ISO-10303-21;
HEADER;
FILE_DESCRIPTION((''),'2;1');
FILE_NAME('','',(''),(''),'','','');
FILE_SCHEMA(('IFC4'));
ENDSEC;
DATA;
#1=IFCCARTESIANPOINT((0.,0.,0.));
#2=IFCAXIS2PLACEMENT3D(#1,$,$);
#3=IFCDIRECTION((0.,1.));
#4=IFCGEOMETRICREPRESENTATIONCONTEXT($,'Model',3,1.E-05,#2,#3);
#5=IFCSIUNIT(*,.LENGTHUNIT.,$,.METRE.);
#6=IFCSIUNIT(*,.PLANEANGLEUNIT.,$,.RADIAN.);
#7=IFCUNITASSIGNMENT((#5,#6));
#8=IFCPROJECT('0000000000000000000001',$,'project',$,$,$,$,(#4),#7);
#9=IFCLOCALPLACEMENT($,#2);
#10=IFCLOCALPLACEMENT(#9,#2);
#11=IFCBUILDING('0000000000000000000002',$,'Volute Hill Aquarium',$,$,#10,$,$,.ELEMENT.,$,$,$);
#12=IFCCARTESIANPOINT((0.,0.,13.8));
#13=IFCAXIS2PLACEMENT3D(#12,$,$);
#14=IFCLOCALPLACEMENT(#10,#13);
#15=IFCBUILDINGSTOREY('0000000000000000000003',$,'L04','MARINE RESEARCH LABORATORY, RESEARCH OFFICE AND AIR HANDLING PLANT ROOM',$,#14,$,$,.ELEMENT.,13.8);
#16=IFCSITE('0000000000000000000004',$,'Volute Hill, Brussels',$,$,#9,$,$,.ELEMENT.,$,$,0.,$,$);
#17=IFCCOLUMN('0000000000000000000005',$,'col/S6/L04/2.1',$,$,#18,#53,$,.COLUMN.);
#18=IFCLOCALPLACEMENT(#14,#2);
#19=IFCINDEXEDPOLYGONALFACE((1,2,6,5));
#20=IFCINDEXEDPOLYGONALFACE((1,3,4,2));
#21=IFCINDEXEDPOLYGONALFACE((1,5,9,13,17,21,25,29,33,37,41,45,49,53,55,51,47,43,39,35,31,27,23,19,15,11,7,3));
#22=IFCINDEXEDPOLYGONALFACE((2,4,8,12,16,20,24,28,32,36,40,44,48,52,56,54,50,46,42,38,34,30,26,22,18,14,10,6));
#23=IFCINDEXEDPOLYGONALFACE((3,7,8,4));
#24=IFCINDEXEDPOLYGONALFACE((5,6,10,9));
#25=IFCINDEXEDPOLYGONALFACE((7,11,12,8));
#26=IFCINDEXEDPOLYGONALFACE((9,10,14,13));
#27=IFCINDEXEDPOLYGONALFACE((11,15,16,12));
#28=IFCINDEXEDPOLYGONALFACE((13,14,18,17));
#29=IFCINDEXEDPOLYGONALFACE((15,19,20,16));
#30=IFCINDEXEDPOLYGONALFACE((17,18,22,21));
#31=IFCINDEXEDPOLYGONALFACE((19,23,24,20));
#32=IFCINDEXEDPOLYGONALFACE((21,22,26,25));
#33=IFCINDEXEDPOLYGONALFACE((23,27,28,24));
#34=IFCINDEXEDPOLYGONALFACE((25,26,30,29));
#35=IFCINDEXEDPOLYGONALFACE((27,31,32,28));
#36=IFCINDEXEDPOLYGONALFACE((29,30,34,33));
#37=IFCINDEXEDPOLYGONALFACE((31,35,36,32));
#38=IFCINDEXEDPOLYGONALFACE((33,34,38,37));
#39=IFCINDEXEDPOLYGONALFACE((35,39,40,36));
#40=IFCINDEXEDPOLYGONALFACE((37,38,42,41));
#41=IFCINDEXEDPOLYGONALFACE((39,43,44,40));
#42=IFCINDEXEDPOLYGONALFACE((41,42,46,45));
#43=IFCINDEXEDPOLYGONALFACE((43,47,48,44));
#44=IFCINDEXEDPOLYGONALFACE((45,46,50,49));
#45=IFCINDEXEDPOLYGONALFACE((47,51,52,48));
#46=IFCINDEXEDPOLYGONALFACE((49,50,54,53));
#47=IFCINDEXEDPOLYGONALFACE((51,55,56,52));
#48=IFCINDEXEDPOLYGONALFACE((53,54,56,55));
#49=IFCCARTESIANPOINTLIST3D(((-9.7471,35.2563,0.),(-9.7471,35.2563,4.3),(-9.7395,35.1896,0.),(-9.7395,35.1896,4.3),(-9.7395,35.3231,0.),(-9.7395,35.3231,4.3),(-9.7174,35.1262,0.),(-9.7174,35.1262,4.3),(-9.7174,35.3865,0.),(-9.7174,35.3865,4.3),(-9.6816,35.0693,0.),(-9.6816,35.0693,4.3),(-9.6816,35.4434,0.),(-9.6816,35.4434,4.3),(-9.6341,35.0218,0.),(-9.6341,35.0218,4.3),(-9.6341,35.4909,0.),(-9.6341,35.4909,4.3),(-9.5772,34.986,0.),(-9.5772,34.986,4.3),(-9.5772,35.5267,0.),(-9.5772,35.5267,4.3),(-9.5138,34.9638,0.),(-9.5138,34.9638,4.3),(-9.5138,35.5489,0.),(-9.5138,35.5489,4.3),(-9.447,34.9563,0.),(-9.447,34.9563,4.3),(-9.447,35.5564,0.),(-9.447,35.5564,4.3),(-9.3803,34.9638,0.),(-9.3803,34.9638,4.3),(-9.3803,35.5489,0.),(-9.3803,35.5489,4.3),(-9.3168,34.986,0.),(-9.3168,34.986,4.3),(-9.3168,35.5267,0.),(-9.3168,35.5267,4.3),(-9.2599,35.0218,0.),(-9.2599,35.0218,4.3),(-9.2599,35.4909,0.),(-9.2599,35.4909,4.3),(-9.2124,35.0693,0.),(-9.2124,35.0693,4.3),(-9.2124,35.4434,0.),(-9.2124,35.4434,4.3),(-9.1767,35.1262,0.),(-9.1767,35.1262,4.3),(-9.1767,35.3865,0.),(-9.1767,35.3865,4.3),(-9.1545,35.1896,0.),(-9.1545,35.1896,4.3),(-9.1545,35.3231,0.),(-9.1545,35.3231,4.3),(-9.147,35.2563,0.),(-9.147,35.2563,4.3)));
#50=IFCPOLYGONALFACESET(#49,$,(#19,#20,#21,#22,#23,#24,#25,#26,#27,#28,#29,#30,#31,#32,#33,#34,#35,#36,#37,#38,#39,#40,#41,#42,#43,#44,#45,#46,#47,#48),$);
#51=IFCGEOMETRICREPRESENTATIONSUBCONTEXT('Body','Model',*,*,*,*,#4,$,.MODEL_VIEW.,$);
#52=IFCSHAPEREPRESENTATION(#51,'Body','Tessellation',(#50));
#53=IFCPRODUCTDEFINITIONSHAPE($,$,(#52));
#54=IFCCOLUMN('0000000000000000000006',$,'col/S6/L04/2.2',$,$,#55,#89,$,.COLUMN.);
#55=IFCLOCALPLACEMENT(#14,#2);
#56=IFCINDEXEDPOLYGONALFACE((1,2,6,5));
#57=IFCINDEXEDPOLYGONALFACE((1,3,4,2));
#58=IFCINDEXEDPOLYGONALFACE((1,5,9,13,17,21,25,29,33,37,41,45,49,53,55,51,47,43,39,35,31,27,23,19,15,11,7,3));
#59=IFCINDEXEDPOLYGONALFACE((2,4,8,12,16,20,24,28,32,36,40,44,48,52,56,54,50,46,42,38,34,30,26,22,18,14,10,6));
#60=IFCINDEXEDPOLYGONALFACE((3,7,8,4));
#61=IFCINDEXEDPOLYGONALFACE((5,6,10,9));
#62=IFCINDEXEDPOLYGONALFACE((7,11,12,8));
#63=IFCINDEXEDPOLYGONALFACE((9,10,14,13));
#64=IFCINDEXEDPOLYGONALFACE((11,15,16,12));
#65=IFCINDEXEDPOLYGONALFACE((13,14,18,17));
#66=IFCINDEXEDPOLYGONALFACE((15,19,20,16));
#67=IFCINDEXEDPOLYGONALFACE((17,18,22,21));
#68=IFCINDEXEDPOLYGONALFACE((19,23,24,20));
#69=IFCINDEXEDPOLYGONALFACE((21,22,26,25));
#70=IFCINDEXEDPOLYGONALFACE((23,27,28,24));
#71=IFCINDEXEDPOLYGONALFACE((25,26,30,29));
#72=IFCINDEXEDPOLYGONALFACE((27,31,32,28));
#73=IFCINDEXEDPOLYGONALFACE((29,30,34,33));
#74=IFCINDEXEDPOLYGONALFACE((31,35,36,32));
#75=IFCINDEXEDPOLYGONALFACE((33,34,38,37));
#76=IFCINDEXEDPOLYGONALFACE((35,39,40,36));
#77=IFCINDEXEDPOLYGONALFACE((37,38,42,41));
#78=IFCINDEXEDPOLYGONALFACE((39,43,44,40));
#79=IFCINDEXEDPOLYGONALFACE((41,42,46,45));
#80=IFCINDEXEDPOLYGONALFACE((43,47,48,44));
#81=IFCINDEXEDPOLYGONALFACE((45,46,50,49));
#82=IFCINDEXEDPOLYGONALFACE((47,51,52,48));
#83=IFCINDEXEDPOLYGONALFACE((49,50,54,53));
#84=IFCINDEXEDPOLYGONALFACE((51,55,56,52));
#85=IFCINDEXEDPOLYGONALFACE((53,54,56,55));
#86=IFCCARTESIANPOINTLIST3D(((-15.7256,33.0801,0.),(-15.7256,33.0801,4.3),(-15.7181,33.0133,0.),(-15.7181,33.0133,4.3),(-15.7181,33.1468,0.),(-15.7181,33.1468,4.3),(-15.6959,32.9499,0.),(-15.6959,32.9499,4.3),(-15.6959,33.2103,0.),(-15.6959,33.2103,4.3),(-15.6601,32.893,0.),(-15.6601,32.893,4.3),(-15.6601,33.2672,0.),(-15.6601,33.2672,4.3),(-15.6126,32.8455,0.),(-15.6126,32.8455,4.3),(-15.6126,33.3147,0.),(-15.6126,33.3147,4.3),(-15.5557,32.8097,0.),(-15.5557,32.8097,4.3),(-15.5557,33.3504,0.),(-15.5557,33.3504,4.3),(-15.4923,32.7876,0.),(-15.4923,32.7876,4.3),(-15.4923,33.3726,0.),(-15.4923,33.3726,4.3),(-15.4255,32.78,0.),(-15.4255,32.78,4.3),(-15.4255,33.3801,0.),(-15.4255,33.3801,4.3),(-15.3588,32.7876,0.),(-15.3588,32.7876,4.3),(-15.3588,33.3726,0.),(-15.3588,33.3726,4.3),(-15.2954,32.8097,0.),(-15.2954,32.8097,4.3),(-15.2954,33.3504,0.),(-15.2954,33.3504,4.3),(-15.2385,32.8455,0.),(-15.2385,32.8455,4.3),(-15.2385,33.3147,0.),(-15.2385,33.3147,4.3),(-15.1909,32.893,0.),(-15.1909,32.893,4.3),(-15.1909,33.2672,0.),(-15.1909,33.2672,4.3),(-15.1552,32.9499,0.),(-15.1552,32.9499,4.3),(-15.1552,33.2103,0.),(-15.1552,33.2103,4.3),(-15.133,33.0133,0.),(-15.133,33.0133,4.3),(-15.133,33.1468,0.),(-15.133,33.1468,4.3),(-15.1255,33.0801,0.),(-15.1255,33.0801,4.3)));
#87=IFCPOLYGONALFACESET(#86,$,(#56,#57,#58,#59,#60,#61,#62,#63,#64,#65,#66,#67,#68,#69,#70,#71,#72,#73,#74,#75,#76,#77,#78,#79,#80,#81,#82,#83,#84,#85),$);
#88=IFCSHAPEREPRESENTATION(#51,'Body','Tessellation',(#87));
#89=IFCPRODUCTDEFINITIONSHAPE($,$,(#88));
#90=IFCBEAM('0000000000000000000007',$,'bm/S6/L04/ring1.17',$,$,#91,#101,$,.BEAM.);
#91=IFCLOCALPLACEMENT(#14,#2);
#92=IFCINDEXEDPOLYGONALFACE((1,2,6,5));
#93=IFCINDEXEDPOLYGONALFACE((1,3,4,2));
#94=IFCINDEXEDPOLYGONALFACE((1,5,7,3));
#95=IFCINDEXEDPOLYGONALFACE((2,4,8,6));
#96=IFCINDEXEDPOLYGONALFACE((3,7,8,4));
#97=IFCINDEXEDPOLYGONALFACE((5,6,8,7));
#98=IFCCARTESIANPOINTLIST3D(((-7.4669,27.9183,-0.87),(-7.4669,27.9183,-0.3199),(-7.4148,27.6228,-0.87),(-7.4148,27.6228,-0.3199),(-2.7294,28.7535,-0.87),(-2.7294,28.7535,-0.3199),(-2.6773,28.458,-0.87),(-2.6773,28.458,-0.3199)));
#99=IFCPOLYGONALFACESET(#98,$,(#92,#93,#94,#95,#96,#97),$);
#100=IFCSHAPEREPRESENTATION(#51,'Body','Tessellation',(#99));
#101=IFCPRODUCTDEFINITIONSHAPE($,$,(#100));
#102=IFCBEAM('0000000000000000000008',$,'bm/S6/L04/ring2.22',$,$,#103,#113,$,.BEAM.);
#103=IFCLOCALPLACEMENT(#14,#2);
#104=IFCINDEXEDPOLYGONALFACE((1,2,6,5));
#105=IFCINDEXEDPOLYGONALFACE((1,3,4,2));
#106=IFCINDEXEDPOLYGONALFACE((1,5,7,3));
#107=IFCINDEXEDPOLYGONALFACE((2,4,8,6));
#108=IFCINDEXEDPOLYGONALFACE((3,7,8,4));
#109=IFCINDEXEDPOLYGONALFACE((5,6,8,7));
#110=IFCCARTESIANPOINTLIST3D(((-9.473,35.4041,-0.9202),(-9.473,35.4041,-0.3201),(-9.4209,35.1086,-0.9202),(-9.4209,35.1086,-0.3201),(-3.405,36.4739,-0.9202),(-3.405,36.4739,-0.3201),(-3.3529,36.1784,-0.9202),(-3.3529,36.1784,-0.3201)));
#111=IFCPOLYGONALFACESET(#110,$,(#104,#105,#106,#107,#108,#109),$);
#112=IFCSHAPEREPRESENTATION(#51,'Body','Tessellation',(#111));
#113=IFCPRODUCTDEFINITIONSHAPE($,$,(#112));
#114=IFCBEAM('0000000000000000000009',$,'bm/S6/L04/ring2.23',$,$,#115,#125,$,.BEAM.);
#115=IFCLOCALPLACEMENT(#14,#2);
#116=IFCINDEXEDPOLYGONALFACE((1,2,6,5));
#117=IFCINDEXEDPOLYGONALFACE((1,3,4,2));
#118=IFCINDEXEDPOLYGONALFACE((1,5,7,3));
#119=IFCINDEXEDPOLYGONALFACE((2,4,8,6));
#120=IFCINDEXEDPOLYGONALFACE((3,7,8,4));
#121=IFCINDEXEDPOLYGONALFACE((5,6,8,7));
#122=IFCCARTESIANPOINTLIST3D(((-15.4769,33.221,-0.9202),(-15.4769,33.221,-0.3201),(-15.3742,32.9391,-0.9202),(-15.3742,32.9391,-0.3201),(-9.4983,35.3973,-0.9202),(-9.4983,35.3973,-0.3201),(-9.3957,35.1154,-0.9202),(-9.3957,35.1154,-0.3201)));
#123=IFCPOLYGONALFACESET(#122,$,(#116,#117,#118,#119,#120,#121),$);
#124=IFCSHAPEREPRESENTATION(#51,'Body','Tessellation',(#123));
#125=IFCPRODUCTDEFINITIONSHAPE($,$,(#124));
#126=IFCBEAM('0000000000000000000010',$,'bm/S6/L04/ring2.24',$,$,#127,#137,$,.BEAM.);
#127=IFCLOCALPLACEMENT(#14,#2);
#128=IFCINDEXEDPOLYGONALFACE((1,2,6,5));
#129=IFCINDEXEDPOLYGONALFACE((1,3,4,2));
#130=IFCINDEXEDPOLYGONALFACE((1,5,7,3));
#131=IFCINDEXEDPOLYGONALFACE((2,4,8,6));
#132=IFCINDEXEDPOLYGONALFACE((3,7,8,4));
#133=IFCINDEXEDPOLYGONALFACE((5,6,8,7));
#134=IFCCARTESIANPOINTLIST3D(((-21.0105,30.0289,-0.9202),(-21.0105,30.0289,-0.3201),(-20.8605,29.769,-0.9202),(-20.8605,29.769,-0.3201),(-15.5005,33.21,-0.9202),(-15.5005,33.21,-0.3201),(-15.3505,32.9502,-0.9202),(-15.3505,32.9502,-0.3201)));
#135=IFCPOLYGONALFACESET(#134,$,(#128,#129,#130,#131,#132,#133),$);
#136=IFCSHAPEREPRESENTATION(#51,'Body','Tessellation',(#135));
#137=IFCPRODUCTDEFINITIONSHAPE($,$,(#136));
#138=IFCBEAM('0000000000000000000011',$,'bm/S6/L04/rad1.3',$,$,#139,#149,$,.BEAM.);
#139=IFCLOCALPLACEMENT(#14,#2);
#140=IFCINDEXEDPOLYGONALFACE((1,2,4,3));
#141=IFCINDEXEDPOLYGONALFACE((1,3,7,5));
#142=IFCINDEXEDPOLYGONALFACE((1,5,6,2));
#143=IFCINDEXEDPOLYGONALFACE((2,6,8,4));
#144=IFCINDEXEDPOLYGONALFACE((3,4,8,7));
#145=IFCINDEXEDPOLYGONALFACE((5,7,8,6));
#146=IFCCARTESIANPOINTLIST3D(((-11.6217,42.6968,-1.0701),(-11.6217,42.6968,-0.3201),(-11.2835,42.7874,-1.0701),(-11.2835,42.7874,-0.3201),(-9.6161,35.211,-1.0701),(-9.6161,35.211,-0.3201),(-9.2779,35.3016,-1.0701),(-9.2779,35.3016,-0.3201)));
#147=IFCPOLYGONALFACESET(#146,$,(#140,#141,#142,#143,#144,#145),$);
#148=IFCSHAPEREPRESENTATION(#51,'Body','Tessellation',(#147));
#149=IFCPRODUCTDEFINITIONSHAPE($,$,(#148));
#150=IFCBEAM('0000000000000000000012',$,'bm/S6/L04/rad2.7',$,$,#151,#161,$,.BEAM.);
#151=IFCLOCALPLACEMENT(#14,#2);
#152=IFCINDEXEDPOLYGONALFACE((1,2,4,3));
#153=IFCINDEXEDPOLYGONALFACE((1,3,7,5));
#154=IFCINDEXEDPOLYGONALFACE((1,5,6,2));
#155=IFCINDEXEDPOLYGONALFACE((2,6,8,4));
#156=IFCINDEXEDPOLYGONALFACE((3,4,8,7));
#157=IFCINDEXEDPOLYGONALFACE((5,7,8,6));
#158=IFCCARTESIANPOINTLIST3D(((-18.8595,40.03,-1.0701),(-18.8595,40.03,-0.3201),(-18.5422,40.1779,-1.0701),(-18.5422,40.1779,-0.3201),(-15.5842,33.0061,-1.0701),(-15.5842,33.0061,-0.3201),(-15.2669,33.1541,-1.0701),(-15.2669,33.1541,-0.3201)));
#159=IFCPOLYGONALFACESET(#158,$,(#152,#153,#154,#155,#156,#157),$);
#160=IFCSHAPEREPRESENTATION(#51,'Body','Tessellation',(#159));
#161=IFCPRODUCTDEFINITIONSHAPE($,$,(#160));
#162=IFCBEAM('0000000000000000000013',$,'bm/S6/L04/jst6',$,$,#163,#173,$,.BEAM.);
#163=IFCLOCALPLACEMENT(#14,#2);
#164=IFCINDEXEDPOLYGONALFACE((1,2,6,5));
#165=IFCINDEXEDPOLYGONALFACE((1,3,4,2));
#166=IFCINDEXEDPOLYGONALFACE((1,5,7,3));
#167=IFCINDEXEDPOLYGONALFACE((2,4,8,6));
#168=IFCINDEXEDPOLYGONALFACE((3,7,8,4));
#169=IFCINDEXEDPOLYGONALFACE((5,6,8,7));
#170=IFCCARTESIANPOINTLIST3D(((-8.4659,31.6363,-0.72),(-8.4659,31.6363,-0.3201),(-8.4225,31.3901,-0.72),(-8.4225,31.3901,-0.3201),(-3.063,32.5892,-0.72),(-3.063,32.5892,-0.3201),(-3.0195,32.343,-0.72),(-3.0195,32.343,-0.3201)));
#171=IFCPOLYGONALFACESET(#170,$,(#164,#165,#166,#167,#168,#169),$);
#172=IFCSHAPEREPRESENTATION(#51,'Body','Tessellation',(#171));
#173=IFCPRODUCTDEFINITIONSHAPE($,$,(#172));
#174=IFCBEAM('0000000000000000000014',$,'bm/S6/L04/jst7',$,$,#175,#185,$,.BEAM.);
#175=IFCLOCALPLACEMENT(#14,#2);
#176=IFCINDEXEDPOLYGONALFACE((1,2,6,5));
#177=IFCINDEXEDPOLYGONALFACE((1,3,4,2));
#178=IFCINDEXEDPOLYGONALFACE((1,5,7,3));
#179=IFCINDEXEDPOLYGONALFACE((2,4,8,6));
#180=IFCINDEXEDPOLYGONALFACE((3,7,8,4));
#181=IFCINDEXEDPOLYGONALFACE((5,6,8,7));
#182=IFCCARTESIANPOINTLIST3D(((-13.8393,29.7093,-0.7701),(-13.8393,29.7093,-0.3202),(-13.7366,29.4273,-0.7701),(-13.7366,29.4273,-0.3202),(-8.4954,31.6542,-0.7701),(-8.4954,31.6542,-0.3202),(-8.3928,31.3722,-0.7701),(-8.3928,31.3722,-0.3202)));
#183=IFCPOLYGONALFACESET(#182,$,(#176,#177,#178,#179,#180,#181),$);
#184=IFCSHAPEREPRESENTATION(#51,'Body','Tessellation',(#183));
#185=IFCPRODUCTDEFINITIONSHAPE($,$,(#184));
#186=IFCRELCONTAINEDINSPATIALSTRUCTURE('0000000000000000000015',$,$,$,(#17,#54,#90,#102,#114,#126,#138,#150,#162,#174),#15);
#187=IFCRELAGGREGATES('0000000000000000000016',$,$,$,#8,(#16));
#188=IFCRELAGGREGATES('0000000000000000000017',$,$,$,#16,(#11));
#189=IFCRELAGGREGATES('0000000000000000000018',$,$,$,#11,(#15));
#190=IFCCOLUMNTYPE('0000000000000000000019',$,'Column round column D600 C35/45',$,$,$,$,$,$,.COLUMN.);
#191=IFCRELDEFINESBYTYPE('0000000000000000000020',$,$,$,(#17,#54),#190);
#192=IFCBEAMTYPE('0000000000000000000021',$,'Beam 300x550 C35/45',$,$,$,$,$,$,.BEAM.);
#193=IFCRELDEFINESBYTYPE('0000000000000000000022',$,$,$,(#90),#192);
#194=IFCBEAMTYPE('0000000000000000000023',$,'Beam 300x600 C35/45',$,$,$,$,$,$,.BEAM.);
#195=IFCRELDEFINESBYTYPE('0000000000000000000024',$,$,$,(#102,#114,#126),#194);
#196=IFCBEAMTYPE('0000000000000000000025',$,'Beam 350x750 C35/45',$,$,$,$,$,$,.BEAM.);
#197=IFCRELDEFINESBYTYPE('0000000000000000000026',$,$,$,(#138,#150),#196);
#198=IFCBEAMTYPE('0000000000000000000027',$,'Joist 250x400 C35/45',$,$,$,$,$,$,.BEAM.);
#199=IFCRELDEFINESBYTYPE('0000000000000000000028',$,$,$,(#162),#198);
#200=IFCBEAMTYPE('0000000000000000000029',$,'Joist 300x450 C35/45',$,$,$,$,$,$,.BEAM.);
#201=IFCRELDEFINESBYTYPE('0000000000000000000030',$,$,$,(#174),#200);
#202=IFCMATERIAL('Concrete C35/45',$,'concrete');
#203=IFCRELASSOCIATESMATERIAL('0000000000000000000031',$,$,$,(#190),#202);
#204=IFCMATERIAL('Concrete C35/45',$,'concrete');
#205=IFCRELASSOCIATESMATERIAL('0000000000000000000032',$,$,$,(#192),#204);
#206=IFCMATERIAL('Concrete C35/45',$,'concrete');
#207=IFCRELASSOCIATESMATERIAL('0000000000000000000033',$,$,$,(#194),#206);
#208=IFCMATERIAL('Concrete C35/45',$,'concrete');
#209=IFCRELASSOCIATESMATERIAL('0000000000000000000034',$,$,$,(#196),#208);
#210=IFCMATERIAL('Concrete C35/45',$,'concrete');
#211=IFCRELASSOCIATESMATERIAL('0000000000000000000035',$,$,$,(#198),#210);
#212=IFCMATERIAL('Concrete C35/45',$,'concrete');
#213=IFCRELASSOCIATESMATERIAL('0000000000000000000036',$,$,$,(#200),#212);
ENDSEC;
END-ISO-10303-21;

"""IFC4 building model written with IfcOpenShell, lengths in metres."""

from ifc_helpers import new_model, si_unit, direction, frame, origin, origin_2d, place, context, subcontext, project, spatial, rectangle, circle, extrude, material, material_profile, profile_set, type_object, element, save


model = new_model("IFC4")

# Units and contexts
model_context = context("Model", 3, precision=1e-05, world=origin(), true_north=direction((0.0, 1.0)))
body_context = subcontext(model_context, "Body", "Model", "MODEL_VIEW")
ifc_project = project(units=[si_unit("LENGTHUNIT", "METRE"), si_unit("PLANEANGLEUNIT", "RADIAN")], contexts=[model_context])

# Site, building, storey
site_placement = place(None, origin())
site = spatial("IfcSite", under=ifc_project, at=site_placement, Name="Volute Hill, Brussels", CompositionType="ELEMENT", RefElevation=0.0)
building_placement = place(site_placement, origin())
building = spatial("IfcBuilding", under=site, at=building_placement, Name="Volute Hill Aquarium", CompositionType="ELEMENT")
storey_placement = place(building_placement, frame((0.0, 0.0, 13.8)))
storey = spatial("IfcBuildingStorey", under=building, at=storey_placement, Name="L04", Description="MARINE RESEARCH LABORATORY, RESEARCH OFFICE AND AIR HANDLING PLANT ROOM", CompositionType="ELEMENT", Elevation=13.8)

# Columns
ifc_material_1 = material(Name="Concrete C35/45", Category="concrete")
ifc_material_profile_1 = material_profile(ifc_material_1, circle(Radius=0.3, at=origin_2d()), Name="RC round column D600")
ifc_profile_set_1 = profile_set([ifc_material_profile_1], Name="Concrete C35/45")
column_type = type_object("IfcColumnType", Name="Column round column D600 C35/45", PredefinedType="COLUMN", material=ifc_profile_set_1)
for number, where, z_axis, x_axis, name in (
    (1, (-9.447, 35.2563, 0.0), (0.0, 0.0, 1.0), (1.0, 0.0, 0.0), "col/S6/L04/2.1"),
    (2, (-15.4255, 33.0801, 0.0), (0.0, 0.0, 1.0), (1.0, 0.0, 0.0), "col/S6/L04/2.2"),
):
    element("IfcColumn", number, at=place(storey_placement, frame(where, z_axis=z_axis, x_axis=x_axis)), inside=storey, type_object=column_type, Name=name, PredefinedType="COLUMN", context=body_context, shape_type="SweptSolid", body=[
        extrude(circle(Radius=0.3, at=origin_2d()), origin(), (0.0, 0.0, 1.0), 4.3),
    ])

# Beams
ifc_material_2 = material(Name="Concrete C35/45", Category="concrete")
ifc_material_profile_2 = material_profile(ifc_material_2, rectangle(XDim=0.3, YDim=0.55, at=origin_2d()), Name="RC beam 300x550")
ifc_profile_set_2 = profile_set([ifc_material_profile_2], Name="Concrete C35/45")
beam_type_1 = type_object("IfcBeamType", Name="Beam 300x550 C35/45", PredefinedType="BEAM", material=ifc_profile_set_2)
beam_1_placement = place(storey_placement, frame((-2.7034, 28.6057, -0.595), z_axis=(-0.984813, -0.173617, 0.0), x_axis=(0.173617, -0.984813, 0.0)))
element("IfcBeam", 3, at=beam_1_placement, inside=storey, type_object=beam_type_1, Name="bm/S6/L04/ring1.17", PredefinedType="BEAM", context=body_context, shape_type="SweptSolid", body=[
    extrude(rectangle(XDim=0.3, YDim=0.55, at=origin_2d()), origin(), (0.0, 0.0, 1.0), 4.8105),
])
ifc_material_3 = material(Name="Concrete C35/45", Category="concrete")
ifc_material_profile_3 = material_profile(ifc_material_3, rectangle(XDim=0.3, YDim=0.6001, at=origin_2d()), Name="RC beam 300x600")
ifc_profile_set_3 = profile_set([ifc_material_profile_3], Name="Concrete C35/45")
beam_type_2 = type_object("IfcBeamType", Name="Beam 300x600 C35/45", PredefinedType="BEAM", material=ifc_profile_set_3)
beam_2_placement = place(storey_placement, frame((-3.3789, 36.3262, -0.6201), z_axis=(-0.984812, -0.173625, 0.0), x_axis=(0.173625, -0.984812, 0.0)))
element("IfcBeam", 4, at=beam_2_placement, inside=storey, type_object=beam_type_2, Name="bm/S6/L04/ring2.22", PredefinedType="BEAM", context=body_context, shape_type="SweptSolid", body=[
    extrude(rectangle(XDim=0.3, YDim=0.6001, at=origin_2d()), origin(), (0.0, 0.0, 1.0), 6.1616),
])
for number, where, z_axis, x_axis, name in (
    (5, (-9.447, 35.2563, -0.6201), (-0.939679, -0.342057, 0.0), (0.342057, -0.939679, 0.0), "bm/S6/L04/ring2.23"),
    (6, (-15.4255, 33.0801, -0.6201), (-0.866029, -0.499994, 0.0), (0.499994, -0.866029, 0.0), "bm/S6/L04/ring2.24"),
):
    element("IfcBeam", number, at=place(storey_placement, frame(where, z_axis=z_axis, x_axis=x_axis)), inside=storey, type_object=beam_type_2, Name=name, PredefinedType="BEAM", context=body_context, shape_type="SweptSolid", body=[
        extrude(rectangle(XDim=0.3, YDim=0.6001, at=origin_2d()), origin(), (0.0, 0.0, 1.0), 6.3623),
    ])
ifc_material_4 = material(Name="Concrete C35/45", Category="concrete")
ifc_material_profile_4 = material_profile(ifc_material_4, rectangle(XDim=0.3501, YDim=0.75, at=origin_2d()), Name="RC beam 350x750")
ifc_profile_set_4 = profile_set([ifc_material_profile_4], Name="Concrete C35/45")
beam_type_3 = type_object("IfcBeamType", Name="Beam 350x750 C35/45", PredefinedType="BEAM", material=ifc_profile_set_4)
beam_3_placement = place(storey_placement, frame((-9.447, 35.2563, -0.6951), z_axis=(-0.258794, 0.965933, 0.0), x_axis=(-0.965933, -0.258794, 0.0)))
element("IfcBeam", 7, at=beam_3_placement, inside=storey, type_object=beam_type_3, Name="bm/S6/L04/rad1.3", PredefinedType="BEAM", context=body_context, shape_type="SweptSolid", body=[
    extrude(rectangle(XDim=0.3501, YDim=0.75, at=origin_2d()), origin(), (0.0, 0.0, 1.0), 7.7498),
])
beam_4_placement = place(storey_placement, frame((-15.4255, 33.0801, -0.6951), z_axis=(-0.422627, 0.906304, 0.0), x_axis=(-0.906304, -0.422627, 0.0)))
element("IfcBeam", 8, at=beam_4_placement, inside=storey, type_object=beam_type_3, Name="bm/S6/L04/rad2.7", PredefinedType="BEAM", context=body_context, shape_type="SweptSolid", body=[
    extrude(rectangle(XDim=0.3501, YDim=0.75, at=origin_2d()), origin(), (0.0, 0.0, 1.0), 7.75),
])
ifc_material_5 = material(Name="Concrete C35/45", Category="concrete")
ifc_material_profile_5 = material_profile(ifc_material_5, rectangle(XDim=0.25, YDim=0.3999, at=origin_2d()), Name="RC joist 250x400")
ifc_profile_set_5 = profile_set([ifc_material_profile_5], Name="Concrete C35/45")
beam_type_4 = type_object("IfcBeamType", Name="Joist 250x400 C35/45", PredefinedType="BEAM", material=ifc_profile_set_5)
beam_5_placement = place(storey_placement, frame((-3.0413, 32.4661, -0.52), z_axis=(-0.984801, -0.173686, 0.0), x_axis=(0.173686, -0.984801, 0.0)))
element("IfcBeam", 9, at=beam_5_placement, inside=storey, type_object=beam_type_4, Name="bm/S6/L04/jst6", PredefinedType="BEAM", context=body_context, shape_type="SweptSolid", body=[
    extrude(rectangle(XDim=0.25, YDim=0.3999, at=origin_2d()), origin(), (0.0, 0.0, 1.0), 5.4863),
])
ifc_material_6 = material(Name="Concrete C35/45", Category="concrete")
ifc_material_profile_6 = material_profile(ifc_material_6, rectangle(XDim=0.3, YDim=0.45, at=origin_2d()), Name="RC joist 300x450")
ifc_profile_set_6 = profile_set([ifc_material_profile_6], Name="Concrete C35/45")
beam_type_5 = type_object("IfcBeamType", Name="Joist 300x450 C35/45", PredefinedType="BEAM", material=ifc_profile_set_6)
beam_6_placement = place(storey_placement, frame((-8.4441, 31.5132, -0.5452), z_axis=(-0.939701, -0.341998, 0.0), x_axis=(0.341998, -0.939701, 0.0)))
element("IfcBeam", 10, at=beam_6_placement, inside=storey, type_object=beam_type_5, Name="bm/S6/L04/jst7", PredefinedType="BEAM", context=body_context, shape_type="SweptSolid", body=[
    extrude(rectangle(XDim=0.3, YDim=0.45, at=origin_2d()), origin(), (0.0, 0.0, 1.0), 5.6868),
])

save(model, "model.ifc")
